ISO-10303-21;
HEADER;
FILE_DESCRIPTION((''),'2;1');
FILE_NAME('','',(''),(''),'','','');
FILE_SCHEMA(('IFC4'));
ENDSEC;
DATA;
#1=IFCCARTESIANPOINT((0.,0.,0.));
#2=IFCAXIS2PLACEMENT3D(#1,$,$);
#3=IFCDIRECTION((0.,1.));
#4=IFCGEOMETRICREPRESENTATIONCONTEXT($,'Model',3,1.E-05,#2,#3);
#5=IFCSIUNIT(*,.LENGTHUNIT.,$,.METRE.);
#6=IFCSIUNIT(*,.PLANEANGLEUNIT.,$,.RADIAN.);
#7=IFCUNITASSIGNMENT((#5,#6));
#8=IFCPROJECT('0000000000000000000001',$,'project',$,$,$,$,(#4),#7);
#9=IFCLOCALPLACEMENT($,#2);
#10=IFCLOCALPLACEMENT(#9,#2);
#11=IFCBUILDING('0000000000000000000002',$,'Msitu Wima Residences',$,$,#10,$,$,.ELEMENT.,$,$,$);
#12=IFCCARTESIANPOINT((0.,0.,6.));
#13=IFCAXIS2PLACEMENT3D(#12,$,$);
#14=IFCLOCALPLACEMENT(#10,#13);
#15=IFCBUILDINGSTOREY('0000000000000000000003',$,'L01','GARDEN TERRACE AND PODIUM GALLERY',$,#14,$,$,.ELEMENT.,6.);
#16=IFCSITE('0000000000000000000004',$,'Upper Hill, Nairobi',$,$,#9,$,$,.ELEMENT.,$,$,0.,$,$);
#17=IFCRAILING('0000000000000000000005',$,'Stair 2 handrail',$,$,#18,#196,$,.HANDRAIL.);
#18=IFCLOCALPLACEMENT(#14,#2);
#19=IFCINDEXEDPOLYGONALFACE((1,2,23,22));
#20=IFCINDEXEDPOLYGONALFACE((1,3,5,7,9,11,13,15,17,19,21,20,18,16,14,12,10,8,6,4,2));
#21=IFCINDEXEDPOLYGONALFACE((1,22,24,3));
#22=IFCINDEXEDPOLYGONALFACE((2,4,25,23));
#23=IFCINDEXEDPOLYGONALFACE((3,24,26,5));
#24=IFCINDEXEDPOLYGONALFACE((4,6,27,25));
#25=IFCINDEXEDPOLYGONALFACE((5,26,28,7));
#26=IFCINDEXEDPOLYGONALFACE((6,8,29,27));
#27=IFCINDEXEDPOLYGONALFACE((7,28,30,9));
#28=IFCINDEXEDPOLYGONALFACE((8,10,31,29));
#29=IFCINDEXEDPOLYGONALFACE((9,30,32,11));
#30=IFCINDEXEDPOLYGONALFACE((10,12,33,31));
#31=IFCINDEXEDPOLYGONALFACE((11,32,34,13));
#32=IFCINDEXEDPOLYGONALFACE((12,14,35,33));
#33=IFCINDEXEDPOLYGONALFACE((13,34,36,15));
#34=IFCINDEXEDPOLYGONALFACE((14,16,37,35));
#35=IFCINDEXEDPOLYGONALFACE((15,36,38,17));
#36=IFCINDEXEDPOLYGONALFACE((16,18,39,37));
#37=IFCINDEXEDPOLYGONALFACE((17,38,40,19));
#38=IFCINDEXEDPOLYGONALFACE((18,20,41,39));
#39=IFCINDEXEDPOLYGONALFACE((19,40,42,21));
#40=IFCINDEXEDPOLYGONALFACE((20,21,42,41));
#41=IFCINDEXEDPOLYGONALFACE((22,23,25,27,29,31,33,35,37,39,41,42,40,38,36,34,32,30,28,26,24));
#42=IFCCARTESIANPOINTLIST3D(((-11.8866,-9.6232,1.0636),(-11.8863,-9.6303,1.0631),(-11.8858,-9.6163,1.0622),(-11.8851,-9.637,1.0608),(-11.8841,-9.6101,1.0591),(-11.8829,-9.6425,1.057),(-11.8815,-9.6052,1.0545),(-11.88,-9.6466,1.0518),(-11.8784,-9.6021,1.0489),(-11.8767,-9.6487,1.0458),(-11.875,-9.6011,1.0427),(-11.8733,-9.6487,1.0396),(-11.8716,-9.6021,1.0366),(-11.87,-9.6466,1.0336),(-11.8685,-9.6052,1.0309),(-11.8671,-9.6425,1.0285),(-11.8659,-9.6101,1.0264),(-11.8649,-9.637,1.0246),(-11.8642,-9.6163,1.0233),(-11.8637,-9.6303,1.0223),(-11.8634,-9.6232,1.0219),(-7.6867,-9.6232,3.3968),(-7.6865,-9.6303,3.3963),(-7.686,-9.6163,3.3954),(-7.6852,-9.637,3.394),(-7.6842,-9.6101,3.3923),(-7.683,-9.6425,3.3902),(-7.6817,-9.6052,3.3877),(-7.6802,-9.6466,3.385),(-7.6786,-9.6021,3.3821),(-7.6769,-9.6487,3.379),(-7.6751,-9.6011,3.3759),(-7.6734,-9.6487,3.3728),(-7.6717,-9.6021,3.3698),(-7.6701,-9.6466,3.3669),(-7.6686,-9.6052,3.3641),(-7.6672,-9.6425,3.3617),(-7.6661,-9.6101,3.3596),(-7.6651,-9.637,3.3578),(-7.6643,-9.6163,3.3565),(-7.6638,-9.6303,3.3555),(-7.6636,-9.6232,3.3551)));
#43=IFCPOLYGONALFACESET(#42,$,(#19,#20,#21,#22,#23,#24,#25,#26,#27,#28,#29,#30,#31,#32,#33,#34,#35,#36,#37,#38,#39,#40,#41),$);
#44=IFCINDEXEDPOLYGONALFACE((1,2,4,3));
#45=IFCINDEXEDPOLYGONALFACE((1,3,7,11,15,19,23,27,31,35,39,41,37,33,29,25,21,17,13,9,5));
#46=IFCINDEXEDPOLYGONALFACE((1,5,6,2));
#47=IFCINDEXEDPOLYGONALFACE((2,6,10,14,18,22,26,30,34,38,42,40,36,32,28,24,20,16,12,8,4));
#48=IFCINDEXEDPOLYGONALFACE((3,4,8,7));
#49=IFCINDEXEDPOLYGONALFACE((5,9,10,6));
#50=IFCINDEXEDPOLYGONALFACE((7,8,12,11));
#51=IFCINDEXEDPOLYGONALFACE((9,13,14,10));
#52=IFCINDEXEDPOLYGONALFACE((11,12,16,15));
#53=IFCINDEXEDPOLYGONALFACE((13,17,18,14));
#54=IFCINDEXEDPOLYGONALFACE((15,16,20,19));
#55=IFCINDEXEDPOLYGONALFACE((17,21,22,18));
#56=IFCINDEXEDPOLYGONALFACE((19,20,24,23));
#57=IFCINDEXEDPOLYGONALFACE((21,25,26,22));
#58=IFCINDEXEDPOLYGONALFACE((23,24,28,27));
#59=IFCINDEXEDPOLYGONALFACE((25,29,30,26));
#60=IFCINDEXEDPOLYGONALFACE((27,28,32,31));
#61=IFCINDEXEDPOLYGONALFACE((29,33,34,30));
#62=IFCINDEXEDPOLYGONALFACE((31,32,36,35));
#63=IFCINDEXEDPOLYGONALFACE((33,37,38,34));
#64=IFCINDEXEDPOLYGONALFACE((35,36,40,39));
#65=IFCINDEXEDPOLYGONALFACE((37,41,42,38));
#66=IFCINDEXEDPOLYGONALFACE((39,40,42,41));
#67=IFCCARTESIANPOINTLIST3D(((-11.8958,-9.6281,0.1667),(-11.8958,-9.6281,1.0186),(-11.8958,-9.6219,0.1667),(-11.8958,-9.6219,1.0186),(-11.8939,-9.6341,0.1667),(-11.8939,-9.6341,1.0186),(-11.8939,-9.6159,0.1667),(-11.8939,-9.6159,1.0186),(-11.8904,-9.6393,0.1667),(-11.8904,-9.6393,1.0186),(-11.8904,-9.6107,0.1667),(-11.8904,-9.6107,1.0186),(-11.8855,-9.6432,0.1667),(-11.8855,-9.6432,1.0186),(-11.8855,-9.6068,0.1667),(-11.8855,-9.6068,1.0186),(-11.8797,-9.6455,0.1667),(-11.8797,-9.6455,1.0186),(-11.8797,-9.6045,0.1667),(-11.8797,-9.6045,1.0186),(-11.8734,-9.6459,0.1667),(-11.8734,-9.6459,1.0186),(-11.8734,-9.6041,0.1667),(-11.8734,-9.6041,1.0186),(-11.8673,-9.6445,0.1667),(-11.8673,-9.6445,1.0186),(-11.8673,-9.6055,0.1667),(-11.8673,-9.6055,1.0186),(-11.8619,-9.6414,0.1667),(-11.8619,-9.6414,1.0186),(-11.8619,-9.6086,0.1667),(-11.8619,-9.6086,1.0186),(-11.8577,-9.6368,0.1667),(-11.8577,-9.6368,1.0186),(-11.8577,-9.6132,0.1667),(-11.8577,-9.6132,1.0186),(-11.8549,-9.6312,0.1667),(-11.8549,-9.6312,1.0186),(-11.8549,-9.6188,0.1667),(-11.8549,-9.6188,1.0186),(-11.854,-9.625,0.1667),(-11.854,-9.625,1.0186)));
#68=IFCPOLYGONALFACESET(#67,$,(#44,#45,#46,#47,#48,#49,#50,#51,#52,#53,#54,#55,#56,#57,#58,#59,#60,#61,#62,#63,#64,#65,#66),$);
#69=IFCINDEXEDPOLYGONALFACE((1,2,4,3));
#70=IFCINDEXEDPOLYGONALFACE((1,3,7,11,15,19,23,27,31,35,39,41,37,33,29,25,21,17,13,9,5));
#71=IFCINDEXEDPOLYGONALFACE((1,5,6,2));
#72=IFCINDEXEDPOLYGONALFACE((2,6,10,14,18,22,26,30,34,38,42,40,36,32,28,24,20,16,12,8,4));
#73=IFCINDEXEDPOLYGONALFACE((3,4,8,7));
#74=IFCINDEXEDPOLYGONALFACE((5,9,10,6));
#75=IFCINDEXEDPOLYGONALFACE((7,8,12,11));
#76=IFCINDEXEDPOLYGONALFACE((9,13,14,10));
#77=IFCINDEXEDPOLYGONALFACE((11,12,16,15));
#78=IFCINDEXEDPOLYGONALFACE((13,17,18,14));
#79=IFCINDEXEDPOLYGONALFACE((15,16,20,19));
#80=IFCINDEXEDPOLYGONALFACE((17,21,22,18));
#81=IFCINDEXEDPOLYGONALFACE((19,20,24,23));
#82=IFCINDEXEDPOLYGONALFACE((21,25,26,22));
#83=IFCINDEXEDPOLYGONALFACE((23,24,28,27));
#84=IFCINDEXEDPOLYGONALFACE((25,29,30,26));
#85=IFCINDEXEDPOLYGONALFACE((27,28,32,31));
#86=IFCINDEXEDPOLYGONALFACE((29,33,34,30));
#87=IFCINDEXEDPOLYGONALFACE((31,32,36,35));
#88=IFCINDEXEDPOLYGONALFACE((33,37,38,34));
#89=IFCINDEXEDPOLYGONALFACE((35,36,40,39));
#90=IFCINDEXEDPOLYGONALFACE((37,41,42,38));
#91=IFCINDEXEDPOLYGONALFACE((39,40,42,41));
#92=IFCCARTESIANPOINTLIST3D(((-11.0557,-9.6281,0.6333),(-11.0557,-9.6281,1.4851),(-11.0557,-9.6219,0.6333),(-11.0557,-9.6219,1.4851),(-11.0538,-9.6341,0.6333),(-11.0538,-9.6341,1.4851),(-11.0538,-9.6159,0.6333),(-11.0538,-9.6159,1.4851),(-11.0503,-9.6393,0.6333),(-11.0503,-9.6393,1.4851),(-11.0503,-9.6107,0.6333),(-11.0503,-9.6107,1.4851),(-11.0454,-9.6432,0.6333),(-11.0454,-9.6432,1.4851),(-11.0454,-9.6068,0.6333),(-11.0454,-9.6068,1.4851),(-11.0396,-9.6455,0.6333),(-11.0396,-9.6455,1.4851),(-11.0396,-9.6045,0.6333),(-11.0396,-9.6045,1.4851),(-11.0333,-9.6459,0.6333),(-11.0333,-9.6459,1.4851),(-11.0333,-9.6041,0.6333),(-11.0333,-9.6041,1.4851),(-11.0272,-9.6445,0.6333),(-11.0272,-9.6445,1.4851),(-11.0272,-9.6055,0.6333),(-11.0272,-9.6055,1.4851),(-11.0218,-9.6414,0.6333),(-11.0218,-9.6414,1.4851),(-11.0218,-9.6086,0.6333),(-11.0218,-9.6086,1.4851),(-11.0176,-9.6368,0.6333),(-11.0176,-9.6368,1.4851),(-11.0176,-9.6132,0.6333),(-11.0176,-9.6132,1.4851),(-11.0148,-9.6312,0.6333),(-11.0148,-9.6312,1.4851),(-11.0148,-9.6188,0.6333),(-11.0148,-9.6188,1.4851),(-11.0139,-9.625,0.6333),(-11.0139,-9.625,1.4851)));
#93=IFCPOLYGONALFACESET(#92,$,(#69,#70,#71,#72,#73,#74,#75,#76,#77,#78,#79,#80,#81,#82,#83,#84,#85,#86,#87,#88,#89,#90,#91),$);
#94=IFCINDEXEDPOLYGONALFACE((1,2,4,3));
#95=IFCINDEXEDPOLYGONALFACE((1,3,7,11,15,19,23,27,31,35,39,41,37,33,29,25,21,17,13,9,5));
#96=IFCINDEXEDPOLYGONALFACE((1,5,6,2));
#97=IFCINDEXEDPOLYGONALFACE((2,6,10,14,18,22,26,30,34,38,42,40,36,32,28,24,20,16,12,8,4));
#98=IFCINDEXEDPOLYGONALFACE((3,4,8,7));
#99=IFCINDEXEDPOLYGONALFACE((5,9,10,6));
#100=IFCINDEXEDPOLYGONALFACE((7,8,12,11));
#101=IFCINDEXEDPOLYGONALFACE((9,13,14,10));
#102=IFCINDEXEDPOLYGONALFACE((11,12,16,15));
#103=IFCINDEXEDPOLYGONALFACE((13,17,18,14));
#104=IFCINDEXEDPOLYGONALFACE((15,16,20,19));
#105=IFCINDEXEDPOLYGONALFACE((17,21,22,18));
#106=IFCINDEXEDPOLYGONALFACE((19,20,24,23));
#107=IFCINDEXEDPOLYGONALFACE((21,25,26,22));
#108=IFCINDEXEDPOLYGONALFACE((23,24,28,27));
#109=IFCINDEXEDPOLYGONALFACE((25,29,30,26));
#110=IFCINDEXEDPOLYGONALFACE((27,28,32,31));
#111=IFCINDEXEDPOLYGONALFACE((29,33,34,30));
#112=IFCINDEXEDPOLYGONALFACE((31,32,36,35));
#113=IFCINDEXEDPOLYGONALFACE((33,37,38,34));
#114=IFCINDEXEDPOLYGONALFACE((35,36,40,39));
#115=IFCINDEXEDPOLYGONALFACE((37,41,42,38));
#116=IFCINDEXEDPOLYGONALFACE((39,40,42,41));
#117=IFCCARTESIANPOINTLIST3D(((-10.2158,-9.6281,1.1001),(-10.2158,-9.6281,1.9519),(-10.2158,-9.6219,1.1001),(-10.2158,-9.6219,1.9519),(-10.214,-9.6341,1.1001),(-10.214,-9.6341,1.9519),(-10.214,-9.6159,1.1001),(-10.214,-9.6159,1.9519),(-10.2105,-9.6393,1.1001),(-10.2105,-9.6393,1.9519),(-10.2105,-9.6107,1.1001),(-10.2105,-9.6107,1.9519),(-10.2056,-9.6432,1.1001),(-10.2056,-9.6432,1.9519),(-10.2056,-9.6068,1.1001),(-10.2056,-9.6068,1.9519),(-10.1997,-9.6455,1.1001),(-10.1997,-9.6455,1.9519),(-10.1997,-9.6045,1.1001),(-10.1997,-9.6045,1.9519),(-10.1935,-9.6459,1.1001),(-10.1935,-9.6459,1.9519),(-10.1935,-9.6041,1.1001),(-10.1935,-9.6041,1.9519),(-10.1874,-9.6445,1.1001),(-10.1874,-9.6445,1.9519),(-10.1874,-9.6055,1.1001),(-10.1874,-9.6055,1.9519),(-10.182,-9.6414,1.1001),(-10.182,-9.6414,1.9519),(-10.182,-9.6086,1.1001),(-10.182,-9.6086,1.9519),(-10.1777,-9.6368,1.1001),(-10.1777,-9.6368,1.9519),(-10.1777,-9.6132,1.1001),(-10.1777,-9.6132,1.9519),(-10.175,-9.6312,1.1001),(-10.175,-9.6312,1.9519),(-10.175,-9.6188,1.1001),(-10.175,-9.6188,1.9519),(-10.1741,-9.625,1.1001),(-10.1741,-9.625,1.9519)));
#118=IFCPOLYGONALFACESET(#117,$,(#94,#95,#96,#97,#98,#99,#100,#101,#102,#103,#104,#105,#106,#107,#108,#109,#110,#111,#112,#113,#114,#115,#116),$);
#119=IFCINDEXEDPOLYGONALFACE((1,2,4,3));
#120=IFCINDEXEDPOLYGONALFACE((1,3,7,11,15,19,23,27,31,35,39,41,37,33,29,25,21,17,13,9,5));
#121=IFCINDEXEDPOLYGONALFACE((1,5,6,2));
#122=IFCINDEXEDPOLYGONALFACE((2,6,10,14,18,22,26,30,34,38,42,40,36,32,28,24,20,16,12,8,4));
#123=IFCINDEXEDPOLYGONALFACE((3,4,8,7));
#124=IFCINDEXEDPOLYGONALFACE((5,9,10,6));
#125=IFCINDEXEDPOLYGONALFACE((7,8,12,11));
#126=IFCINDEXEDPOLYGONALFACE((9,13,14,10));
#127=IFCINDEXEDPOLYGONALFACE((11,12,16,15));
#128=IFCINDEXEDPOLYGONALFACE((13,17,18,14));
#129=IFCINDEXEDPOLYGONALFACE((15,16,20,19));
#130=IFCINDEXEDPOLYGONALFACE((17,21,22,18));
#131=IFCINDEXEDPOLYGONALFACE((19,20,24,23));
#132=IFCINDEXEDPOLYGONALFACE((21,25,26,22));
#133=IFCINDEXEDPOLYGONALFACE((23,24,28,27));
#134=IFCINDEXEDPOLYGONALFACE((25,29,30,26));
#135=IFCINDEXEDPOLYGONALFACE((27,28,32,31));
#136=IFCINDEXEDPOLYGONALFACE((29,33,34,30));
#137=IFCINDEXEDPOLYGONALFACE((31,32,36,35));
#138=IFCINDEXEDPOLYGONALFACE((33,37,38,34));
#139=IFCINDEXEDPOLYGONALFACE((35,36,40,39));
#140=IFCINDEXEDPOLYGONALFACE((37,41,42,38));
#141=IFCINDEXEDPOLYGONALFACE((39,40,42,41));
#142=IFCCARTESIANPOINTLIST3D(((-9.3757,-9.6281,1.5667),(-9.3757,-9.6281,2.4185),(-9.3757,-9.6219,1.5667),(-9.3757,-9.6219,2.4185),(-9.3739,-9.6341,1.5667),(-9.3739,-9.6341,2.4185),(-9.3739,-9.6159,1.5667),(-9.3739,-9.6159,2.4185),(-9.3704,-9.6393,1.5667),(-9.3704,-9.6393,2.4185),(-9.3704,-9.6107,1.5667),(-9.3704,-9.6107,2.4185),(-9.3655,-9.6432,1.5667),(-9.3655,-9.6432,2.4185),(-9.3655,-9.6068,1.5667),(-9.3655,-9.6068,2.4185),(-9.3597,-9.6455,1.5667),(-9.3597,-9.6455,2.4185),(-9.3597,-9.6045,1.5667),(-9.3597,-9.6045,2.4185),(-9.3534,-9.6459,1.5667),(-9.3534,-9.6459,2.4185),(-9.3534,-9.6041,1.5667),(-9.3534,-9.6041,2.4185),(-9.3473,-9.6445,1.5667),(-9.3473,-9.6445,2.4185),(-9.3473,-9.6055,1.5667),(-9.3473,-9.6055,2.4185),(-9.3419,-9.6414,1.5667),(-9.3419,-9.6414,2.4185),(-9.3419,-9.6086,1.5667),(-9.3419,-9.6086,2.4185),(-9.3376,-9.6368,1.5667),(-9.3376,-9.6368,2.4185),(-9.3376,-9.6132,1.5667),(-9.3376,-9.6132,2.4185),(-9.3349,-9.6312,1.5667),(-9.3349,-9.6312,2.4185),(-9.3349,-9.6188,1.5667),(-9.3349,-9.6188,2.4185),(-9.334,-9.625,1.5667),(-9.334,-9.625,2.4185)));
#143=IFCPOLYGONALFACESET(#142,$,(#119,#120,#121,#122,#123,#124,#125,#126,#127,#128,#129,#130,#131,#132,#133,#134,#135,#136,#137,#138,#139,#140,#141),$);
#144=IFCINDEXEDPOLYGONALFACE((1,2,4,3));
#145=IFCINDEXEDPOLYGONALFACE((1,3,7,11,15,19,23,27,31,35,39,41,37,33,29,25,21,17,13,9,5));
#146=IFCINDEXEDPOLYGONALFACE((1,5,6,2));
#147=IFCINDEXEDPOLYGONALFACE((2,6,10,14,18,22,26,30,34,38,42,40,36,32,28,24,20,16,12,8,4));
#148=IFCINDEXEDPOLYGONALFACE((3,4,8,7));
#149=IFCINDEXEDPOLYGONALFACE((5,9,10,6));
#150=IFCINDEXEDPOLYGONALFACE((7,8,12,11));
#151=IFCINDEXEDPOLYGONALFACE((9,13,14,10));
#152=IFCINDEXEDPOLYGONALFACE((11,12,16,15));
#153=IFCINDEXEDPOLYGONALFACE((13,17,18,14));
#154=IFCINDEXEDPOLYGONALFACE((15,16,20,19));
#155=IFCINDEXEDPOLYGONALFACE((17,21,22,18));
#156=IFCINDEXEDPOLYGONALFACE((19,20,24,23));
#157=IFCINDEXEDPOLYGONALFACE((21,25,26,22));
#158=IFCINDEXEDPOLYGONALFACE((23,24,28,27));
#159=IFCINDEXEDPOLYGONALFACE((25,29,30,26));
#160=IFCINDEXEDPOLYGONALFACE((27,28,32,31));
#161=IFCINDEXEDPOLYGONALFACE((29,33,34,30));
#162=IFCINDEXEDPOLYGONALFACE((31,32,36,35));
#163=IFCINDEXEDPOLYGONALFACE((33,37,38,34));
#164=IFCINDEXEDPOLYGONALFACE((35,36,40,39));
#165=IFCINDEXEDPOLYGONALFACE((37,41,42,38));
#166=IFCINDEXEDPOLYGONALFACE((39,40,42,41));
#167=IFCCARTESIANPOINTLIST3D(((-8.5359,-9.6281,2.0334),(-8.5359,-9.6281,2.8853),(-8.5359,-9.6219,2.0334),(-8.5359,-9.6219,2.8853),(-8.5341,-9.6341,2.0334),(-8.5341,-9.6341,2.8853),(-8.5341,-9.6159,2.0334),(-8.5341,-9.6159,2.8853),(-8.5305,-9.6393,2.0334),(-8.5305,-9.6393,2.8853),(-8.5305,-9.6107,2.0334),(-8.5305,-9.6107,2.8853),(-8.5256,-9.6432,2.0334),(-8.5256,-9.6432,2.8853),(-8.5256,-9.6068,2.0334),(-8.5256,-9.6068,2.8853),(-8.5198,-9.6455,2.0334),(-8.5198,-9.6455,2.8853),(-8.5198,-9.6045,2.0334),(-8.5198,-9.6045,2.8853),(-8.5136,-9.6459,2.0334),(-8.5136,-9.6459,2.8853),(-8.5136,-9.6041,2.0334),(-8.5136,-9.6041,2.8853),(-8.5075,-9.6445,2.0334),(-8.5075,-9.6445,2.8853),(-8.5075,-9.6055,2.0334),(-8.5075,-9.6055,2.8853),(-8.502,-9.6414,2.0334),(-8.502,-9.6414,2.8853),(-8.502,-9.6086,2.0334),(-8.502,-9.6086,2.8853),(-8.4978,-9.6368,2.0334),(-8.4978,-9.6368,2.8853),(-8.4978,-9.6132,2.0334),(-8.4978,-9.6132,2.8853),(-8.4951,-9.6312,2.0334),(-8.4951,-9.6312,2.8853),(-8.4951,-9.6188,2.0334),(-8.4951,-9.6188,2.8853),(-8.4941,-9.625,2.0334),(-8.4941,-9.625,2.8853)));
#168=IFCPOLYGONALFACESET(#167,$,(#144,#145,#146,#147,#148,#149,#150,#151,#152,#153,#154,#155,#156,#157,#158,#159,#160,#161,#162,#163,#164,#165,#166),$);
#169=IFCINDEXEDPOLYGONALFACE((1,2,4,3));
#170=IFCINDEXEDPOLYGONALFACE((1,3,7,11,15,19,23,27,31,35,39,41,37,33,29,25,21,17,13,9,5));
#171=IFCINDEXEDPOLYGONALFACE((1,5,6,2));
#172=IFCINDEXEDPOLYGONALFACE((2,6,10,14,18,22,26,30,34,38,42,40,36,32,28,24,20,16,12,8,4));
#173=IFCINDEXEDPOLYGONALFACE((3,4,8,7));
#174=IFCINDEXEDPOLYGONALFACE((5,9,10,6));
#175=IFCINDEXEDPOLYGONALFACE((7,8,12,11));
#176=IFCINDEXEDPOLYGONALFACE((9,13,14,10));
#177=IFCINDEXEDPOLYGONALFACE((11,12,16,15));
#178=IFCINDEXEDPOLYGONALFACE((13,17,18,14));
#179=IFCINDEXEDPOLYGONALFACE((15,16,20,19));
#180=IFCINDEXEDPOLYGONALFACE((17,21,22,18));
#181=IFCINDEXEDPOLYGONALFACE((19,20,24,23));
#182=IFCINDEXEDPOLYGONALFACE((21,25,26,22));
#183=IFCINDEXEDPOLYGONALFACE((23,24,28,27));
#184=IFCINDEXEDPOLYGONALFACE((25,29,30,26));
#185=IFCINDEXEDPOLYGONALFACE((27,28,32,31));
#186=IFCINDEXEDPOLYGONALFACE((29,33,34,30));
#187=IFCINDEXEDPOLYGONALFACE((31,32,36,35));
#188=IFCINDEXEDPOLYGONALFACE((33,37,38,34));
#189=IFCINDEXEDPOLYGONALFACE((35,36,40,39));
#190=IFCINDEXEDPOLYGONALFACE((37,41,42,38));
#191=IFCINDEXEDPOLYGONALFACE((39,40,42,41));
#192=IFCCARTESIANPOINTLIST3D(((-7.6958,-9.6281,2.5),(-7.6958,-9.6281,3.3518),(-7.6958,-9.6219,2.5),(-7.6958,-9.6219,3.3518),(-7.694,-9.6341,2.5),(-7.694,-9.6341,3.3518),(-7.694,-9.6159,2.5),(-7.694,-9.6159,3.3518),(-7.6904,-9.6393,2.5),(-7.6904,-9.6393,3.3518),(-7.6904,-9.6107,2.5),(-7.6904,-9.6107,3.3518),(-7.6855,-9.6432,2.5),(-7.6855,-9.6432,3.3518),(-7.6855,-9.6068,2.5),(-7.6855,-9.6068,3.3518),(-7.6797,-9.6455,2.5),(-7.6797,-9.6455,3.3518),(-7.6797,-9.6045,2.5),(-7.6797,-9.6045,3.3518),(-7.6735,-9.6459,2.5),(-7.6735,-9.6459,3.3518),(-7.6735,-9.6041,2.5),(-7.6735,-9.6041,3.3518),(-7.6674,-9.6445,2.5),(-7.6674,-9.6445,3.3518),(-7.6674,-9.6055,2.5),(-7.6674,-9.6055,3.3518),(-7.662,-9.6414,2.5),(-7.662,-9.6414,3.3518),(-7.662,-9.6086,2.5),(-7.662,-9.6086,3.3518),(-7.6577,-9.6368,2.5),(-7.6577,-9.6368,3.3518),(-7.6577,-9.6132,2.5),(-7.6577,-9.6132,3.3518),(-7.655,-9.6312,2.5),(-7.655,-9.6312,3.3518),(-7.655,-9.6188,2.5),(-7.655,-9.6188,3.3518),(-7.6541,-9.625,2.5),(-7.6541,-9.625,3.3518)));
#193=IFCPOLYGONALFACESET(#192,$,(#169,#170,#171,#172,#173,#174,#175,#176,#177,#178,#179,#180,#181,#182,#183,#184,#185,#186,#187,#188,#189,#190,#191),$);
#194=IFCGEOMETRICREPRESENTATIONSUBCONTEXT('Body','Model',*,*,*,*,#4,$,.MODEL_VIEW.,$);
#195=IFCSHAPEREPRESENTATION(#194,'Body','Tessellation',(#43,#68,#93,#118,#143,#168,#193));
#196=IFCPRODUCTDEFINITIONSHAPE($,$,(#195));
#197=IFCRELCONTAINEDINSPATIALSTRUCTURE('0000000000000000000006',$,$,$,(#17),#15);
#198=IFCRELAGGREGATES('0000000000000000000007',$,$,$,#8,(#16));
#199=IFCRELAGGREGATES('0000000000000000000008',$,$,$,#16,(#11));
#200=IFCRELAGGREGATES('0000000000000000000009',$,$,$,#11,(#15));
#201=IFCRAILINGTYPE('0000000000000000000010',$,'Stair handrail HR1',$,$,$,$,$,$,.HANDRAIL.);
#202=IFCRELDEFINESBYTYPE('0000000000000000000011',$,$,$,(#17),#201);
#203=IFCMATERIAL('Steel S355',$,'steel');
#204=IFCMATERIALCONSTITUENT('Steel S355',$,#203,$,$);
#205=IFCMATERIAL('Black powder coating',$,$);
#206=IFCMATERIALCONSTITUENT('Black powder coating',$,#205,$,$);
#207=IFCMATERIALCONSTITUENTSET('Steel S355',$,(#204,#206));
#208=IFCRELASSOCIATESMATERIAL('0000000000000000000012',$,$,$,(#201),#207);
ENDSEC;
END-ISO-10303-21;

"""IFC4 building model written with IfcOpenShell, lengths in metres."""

from ifc_helpers import new_model, si_unit, direction, frame, origin, origin_2d, place, context, subcontext, project, spatial, circle, extrude, material, constituent, constituent_set, type_object, element, save


model = new_model("IFC4")

# Units and contexts
model_context = context("Model", 3, precision=1e-05, world=origin(), true_north=direction((0.0, 1.0)))
body_context = subcontext(model_context, "Body", "Model", "MODEL_VIEW")
ifc_project = project(units=[si_unit("LENGTHUNIT", "METRE"), si_unit("PLANEANGLEUNIT", "RADIAN")], contexts=[model_context])

# Site, building, storey
site_placement = place(None, origin())
site = spatial("IfcSite", under=ifc_project, at=site_placement, Name="Upper Hill, Nairobi", CompositionType="ELEMENT", RefElevation=0.0)
building_placement = place(site_placement, origin())
building = spatial("IfcBuilding", under=site, at=building_placement, Name="Msitu Wima Residences", CompositionType="ELEMENT")
storey_placement = place(building_placement, frame((0.0, 0.0, 6.0)))
storey = spatial("IfcBuildingStorey", under=building, at=storey_placement, Name="L01", Description="GARDEN TERRACE AND PODIUM GALLERY", CompositionType="ELEMENT", Elevation=6.0)

# Railing
ifc_material_1 = material(Name="Steel S355", Category="steel")
ifc_constituent_1 = constituent(ifc_material_1, Name="Steel S355")
ifc_material_2 = material(Name="Black powder coating")
ifc_constituent_2 = constituent(ifc_material_2, Name="Black powder coating")
ifc_constituent_set = constituent_set(constituents=[ifc_constituent_1, ifc_constituent_2], Name="Steel S355")
railing_type = type_object("IfcRailingType", Name="Stair handrail HR1", PredefinedType="HANDRAIL", material=ifc_constituent_set)
for number, where, name in (
    (1, (-11.875, -9.625, 0.1667), "Stair 2 handrail"),
):
    element("IfcRailing", number, at=place(storey_placement, frame(where)), inside=storey, type_object=railing_type, Name=name, PredefinedType="HANDRAIL", context=body_context, shape_type="SweptSolid", body=[
        extrude(circle(Radius=0.0239, at=origin_2d()), frame((0.0, 0.0, 0.876), z_axis=(0.874162, 0.0, 0.485634), x_axis=(0.0, 1.0, 0.0)), (0.0, 0.0, 1.0), 4.8044),
        extrude(circle(Radius=0.021, at=origin_2d()), origin(), (0.0, 0.0, 1.0), 0.8518),
        extrude(circle(Radius=0.021, at=origin_2d()), frame((0.8401, 0.0, 0.4666)), (0.0, 0.0, 1.0), 0.8518),
        extrude(circle(Radius=0.021, at=origin_2d()), frame((1.6799, 0.0, 0.9333)), (0.0, 0.0, 1.0), 0.8518),
        extrude(circle(Radius=0.021, at=origin_2d()), frame((2.52, 0.0, 1.3999)), (0.0, 0.0, 1.0), 0.8518),
        extrude(circle(Radius=0.021, at=origin_2d()), frame((3.3599, 0.0, 1.8667)), (0.0, 0.0, 1.0), 0.8518),
        extrude(circle(Radius=0.021, at=origin_2d()), frame((4.2, 0.0, 2.3333)), (0.0, 0.0, 1.0), 0.8518),
    ])

save(model, "model.ifc")
